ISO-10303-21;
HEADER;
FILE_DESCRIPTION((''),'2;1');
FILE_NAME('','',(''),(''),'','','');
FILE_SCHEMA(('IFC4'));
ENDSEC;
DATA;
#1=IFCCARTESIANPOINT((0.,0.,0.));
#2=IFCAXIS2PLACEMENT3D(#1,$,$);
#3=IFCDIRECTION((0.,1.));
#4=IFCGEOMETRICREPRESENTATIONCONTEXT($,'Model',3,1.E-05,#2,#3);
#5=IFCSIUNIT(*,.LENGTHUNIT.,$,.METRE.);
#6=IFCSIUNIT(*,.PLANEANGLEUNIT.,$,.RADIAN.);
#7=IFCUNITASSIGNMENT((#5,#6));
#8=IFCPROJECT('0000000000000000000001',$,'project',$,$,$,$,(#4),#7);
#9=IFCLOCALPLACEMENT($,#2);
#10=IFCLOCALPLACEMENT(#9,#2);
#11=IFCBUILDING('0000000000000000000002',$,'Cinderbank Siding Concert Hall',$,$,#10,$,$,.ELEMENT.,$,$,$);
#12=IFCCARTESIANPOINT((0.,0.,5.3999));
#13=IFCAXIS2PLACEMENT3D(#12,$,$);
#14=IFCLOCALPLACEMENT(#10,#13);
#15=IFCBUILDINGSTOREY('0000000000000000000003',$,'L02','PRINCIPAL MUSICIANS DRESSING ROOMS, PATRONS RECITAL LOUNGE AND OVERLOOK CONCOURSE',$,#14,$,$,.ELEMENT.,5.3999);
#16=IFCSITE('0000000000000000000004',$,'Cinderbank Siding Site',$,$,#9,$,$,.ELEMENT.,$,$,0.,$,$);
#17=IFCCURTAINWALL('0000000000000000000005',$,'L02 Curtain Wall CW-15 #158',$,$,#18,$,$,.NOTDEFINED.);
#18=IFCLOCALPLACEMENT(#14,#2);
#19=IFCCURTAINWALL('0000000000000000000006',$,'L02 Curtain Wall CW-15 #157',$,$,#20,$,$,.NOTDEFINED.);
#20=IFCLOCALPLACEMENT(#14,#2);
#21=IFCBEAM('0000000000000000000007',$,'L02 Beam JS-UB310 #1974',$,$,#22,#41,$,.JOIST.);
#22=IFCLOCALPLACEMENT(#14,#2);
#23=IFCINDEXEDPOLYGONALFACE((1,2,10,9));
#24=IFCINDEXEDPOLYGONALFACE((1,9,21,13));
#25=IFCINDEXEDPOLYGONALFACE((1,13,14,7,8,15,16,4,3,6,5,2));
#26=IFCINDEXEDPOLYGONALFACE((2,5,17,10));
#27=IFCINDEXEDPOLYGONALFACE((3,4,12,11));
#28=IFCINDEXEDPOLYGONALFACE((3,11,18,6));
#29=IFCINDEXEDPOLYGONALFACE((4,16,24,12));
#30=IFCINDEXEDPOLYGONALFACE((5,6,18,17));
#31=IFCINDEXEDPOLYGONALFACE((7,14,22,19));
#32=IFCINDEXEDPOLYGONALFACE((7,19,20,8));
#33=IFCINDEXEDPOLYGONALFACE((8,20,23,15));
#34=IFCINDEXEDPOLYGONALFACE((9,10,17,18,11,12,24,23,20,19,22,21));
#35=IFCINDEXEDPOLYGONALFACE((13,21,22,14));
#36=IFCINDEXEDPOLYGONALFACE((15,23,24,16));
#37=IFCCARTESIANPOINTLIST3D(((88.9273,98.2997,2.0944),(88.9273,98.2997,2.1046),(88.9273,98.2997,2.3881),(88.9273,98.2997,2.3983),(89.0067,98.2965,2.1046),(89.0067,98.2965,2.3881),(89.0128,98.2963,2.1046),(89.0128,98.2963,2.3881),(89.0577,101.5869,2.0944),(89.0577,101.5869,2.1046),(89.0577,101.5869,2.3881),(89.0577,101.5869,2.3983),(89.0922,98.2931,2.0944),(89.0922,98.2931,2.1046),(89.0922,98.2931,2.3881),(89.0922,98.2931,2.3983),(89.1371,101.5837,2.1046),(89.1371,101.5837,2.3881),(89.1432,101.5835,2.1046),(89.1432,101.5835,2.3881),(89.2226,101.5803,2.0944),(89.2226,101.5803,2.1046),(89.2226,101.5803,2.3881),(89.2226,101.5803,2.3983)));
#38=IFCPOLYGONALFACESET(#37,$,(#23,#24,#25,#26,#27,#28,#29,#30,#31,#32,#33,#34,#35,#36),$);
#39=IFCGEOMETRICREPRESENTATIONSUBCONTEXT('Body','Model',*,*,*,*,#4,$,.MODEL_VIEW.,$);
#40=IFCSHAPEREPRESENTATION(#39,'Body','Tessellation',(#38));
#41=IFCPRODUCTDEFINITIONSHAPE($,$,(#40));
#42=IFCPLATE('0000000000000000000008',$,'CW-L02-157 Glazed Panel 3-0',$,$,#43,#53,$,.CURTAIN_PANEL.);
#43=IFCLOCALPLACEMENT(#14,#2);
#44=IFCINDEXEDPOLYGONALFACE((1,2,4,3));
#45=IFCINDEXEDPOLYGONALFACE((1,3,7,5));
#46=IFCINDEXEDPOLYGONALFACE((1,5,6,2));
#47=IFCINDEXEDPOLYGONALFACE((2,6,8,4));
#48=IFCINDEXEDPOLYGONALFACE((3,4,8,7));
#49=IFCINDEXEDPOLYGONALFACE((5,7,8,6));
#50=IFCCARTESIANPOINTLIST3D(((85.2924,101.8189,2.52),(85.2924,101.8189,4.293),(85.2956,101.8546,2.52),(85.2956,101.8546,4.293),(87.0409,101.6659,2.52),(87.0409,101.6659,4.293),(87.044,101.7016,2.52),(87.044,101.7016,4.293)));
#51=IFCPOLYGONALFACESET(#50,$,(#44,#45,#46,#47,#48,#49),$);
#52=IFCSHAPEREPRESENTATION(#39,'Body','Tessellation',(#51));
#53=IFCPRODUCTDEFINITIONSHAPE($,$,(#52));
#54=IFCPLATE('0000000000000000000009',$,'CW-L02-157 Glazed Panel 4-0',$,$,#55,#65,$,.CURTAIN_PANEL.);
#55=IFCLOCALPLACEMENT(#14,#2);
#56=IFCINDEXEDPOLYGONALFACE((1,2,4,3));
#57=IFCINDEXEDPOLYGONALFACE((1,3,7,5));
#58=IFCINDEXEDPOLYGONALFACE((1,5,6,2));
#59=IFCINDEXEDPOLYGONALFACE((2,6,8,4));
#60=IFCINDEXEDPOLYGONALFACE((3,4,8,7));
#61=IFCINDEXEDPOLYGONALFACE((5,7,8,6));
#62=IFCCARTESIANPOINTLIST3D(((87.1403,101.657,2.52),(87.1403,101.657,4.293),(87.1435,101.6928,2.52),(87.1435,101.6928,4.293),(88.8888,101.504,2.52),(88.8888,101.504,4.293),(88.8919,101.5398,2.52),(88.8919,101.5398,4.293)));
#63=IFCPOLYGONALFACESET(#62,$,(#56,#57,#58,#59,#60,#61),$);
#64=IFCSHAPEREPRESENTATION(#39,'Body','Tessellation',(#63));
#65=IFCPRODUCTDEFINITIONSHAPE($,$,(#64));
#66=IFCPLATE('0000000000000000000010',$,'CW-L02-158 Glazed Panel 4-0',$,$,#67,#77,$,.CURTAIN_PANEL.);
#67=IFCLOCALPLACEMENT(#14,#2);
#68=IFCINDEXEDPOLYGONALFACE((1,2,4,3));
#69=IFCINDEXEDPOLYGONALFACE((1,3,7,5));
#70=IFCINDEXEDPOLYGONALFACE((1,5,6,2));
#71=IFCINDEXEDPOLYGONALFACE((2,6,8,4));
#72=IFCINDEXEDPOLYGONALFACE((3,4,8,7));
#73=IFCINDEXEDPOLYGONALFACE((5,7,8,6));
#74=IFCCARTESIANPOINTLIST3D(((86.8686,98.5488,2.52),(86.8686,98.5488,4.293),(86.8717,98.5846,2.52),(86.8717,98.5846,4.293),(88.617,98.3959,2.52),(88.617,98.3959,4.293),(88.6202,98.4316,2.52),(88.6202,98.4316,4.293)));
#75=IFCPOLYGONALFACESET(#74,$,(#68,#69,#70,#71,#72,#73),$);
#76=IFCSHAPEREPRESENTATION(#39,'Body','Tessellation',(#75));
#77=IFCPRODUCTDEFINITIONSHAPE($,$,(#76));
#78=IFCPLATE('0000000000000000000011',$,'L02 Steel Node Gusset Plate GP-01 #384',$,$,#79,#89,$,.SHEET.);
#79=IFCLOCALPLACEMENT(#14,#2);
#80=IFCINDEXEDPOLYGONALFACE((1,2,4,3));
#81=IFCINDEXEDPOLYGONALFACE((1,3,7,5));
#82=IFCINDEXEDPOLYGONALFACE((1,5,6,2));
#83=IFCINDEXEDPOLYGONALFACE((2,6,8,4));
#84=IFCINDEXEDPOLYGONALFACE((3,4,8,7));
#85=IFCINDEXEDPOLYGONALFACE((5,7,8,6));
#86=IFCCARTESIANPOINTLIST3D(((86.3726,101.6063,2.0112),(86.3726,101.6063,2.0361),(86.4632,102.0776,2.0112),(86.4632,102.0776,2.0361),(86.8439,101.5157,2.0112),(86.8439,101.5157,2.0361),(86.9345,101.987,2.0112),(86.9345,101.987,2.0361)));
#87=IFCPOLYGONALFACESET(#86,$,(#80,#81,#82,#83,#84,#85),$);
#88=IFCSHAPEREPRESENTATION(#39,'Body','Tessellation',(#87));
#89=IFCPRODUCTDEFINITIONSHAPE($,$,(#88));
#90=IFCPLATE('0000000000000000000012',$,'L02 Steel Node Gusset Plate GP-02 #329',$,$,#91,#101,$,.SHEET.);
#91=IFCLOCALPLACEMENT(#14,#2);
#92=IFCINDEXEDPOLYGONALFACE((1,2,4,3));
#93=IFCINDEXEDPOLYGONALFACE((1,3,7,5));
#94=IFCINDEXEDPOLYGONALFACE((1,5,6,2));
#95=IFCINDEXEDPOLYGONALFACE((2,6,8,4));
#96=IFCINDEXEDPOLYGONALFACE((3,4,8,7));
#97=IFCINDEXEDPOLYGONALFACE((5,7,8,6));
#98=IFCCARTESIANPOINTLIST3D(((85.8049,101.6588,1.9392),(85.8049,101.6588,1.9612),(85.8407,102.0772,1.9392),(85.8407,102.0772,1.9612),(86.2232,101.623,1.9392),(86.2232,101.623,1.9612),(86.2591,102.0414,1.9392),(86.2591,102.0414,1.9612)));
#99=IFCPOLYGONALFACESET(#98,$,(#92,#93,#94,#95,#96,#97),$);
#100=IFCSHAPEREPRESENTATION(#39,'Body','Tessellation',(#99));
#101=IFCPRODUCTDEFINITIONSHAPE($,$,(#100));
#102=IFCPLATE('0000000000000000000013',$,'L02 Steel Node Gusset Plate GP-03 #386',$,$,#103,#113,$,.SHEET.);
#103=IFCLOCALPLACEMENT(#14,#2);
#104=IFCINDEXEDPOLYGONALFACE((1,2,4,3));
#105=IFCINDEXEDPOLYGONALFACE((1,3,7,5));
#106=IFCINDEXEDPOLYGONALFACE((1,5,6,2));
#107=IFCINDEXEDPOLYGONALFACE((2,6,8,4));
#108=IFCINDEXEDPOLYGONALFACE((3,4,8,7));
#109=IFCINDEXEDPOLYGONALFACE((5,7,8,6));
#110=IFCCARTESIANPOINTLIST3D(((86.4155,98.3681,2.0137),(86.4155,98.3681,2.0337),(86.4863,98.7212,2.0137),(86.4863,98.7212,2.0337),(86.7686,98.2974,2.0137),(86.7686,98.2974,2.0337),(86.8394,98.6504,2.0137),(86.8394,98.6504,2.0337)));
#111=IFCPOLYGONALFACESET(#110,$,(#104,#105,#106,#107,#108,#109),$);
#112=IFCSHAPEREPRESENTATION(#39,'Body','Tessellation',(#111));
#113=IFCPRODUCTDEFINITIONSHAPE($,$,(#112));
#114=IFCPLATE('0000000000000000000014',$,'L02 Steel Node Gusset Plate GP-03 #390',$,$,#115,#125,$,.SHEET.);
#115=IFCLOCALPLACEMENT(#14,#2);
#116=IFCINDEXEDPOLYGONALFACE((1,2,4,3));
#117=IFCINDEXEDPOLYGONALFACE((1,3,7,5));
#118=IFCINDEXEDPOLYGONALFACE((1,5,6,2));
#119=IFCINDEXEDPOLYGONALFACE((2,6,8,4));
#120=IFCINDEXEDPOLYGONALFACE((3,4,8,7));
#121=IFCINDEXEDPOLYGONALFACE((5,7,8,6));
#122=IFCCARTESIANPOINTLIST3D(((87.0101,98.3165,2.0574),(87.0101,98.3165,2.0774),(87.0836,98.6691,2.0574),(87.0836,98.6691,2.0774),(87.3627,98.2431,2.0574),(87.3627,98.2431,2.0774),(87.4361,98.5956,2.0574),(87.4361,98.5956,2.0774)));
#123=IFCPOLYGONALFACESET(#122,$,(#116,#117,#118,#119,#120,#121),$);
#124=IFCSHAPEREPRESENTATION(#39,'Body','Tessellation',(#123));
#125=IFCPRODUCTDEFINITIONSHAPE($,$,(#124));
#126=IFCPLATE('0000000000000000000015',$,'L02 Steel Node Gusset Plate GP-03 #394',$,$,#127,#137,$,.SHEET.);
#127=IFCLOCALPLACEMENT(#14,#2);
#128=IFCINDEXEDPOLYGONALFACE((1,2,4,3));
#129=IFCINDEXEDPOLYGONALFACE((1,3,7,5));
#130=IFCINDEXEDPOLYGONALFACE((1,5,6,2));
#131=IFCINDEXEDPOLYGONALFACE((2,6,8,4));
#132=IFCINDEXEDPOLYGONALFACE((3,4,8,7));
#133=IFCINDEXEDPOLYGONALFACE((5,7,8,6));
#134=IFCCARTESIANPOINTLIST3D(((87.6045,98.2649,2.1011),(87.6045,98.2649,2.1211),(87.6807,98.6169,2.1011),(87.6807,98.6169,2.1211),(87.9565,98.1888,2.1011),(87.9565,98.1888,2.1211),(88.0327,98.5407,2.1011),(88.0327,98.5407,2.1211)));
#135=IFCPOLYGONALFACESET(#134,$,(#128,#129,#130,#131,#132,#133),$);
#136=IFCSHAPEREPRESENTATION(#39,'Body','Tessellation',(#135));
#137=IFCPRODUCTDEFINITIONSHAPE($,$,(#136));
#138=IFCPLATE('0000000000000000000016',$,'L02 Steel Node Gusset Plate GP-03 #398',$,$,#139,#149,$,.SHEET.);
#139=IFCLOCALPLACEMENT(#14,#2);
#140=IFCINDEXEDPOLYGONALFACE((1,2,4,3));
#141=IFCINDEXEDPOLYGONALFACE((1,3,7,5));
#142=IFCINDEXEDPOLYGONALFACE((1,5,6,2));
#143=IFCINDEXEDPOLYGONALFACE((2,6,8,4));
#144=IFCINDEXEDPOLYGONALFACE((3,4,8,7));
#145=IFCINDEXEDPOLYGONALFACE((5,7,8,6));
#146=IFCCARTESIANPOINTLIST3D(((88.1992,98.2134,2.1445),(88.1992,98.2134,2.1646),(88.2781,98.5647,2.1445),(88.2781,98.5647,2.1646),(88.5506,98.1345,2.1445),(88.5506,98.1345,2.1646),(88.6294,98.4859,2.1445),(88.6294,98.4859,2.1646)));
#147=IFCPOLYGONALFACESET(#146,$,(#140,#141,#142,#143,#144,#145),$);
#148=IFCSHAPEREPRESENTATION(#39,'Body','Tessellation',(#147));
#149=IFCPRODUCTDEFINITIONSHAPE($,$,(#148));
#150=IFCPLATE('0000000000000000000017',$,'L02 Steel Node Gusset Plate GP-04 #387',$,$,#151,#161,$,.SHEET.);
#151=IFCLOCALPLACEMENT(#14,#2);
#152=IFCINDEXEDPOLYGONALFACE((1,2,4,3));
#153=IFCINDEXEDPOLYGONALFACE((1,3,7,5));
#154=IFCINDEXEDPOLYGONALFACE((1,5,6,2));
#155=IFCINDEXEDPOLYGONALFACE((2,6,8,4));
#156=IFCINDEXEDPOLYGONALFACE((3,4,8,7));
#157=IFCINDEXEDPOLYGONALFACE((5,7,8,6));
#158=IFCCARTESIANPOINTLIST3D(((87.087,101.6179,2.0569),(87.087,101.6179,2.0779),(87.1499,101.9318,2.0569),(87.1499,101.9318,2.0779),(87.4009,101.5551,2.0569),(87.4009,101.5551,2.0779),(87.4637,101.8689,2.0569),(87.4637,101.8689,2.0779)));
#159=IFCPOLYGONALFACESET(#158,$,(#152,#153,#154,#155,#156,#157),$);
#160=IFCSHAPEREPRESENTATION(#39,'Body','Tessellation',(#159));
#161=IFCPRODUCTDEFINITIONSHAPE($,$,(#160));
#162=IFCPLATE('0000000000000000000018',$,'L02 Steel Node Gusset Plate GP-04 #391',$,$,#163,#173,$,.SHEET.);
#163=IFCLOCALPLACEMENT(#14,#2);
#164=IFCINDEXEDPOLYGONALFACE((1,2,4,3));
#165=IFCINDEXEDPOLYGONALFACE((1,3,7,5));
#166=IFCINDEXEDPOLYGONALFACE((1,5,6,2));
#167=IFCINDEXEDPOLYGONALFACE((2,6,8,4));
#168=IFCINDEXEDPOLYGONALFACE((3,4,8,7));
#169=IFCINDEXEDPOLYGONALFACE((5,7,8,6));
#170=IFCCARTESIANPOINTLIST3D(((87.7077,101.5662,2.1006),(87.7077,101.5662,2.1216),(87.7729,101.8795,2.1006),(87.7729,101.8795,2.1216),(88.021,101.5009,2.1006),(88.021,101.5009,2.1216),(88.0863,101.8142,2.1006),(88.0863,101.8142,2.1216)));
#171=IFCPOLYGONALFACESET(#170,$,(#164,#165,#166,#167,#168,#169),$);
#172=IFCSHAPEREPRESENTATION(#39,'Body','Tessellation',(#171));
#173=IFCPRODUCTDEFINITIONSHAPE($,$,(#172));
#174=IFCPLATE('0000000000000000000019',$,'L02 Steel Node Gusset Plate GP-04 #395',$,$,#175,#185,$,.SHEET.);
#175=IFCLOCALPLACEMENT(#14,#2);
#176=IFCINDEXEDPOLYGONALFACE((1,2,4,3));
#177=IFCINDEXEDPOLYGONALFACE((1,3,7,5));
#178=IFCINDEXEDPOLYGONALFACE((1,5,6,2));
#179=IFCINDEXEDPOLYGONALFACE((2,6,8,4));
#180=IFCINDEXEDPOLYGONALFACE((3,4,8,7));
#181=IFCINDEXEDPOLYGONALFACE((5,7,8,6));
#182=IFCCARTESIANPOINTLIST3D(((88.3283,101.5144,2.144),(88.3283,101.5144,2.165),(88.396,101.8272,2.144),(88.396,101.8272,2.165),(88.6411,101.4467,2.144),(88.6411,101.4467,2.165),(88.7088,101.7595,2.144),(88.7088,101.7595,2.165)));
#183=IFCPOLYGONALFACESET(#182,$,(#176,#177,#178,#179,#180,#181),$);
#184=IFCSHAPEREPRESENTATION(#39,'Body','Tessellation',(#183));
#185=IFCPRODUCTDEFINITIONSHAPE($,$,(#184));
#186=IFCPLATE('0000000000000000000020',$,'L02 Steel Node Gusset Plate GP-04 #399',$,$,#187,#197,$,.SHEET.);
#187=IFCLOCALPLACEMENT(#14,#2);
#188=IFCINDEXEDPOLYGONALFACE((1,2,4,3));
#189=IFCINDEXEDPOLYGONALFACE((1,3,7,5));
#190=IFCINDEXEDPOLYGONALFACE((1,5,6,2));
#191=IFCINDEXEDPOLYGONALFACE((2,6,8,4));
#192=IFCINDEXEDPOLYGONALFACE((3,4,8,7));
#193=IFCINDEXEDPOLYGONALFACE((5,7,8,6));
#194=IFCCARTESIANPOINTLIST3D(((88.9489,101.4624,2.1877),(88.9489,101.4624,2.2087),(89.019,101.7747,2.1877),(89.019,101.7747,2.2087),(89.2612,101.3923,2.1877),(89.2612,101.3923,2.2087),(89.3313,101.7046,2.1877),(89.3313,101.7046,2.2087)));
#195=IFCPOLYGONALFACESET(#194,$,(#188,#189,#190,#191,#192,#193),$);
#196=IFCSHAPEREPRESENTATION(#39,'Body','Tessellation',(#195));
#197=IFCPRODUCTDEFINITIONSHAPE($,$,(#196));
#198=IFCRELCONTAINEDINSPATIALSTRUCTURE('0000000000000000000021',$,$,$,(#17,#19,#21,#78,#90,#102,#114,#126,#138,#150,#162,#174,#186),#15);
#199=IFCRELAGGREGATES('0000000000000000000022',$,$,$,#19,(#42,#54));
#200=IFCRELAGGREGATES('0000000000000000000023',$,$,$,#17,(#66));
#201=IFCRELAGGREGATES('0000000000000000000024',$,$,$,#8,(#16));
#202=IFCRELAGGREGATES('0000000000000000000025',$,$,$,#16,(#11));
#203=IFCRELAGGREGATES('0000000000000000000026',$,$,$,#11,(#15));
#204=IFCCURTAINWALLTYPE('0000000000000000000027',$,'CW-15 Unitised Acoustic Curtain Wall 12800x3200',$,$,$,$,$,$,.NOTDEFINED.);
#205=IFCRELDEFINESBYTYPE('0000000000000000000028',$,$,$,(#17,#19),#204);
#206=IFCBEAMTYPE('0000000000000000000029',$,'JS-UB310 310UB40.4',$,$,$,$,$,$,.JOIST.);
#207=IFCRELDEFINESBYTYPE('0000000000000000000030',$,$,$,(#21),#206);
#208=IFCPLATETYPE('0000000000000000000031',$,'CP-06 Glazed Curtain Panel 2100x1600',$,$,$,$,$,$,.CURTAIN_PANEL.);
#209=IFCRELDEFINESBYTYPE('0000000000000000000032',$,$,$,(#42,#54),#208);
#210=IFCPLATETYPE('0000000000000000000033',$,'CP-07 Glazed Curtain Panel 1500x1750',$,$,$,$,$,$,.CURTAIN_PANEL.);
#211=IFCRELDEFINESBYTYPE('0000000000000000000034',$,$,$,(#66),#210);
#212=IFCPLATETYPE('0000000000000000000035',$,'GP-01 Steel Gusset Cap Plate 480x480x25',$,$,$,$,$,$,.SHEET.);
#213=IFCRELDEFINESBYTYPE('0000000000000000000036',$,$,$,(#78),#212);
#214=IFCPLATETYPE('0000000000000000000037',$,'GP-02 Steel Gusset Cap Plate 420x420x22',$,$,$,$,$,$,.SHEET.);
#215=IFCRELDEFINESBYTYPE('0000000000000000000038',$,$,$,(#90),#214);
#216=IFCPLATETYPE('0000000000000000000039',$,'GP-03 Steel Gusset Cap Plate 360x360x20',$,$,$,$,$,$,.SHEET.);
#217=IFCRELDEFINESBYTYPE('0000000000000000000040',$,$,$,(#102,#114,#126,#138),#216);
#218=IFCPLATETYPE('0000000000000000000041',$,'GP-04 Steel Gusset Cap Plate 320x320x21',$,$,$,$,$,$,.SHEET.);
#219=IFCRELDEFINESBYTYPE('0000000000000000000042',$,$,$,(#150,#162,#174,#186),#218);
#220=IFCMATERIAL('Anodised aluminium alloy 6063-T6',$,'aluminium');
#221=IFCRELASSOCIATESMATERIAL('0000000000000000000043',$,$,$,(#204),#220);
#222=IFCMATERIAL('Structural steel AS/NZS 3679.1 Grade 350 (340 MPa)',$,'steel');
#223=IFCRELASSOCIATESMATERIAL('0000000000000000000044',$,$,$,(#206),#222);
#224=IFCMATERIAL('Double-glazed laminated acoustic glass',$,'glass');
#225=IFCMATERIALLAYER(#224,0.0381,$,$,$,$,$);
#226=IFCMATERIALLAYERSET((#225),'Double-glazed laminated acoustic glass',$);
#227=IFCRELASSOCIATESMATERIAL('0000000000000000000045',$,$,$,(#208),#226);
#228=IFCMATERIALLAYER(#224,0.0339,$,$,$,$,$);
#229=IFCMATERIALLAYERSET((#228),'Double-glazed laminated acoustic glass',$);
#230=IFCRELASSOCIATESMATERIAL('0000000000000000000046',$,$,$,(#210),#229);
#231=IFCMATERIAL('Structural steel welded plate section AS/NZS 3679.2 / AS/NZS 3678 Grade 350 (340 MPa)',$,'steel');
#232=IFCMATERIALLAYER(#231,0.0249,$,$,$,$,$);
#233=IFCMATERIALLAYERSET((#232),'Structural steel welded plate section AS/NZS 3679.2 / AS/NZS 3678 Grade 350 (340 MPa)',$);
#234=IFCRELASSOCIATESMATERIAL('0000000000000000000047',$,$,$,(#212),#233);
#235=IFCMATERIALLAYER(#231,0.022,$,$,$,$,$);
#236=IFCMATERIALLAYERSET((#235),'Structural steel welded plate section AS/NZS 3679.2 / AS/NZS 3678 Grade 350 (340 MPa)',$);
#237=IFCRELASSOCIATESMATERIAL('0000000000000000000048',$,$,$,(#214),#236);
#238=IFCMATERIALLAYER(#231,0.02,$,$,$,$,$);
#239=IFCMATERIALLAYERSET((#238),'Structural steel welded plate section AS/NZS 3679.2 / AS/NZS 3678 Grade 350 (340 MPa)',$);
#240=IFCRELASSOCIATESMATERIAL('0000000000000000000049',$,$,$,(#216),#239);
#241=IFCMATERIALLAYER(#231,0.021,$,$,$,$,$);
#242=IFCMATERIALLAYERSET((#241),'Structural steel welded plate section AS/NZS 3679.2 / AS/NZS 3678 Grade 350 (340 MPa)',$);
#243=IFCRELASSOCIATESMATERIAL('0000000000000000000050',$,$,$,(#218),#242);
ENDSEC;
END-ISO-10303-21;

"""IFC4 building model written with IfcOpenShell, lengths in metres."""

from ifc_helpers import new_model, si_unit, direction, frame, origin, origin_2d, place, context, subcontext, project, spatial, rectangle, i_section, extrude, material, layer, layer_set, material_profile, profile_set, type_object, element, aggregate, save


model = new_model("IFC4")

# Units and contexts
model_context = context("Model", 3, precision=1e-05, world=origin(), true_north=direction((0.0, 1.0)))
body_context = subcontext(model_context, "Body", "Model", "MODEL_VIEW")
ifc_project = project(units=[si_unit("LENGTHUNIT", "METRE"), si_unit("PLANEANGLEUNIT", "RADIAN")], contexts=[model_context])

# Site, building, storey
site_placement = place(None, origin())
site = spatial("IfcSite", under=ifc_project, at=site_placement, Name="Cinderbank Siding Site", CompositionType="ELEMENT", RefElevation=0.0)
building_placement = place(site_placement, origin())
building = spatial("IfcBuilding", under=site, at=building_placement, Name="Cinderbank Siding Concert Hall", CompositionType="ELEMENT")
storey_placement = place(building_placement, frame((0.0, 0.0, 5.3999)))
storey = spatial("IfcBuildingStorey", under=building, at=storey_placement, Name="L02", Description="PRINCIPAL MUSICIANS DRESSING ROOMS, PATRONS RECITAL LOUNGE AND OVERLOOK CONCOURSE", CompositionType="ELEMENT", Elevation=5.3999)

# Curtain walls
ifc_material_1 = material(Name="Anodised aluminium alloy 6063-T6", Category="aluminium")
curtain_wall_type = type_object("IfcCurtainWallType", Name="CW-15 Unitised Acoustic Curtain Wall 12800x3200", PredefinedType="NOTDEFINED", material=ifc_material_1)
curtain_wall_1_placement = place(storey_placement, origin())
curtain_wall_1 = element("IfcCurtainWall", 1, at=curtain_wall_1_placement, inside=storey, type_object=curtain_wall_type, Name="L02 Curtain Wall CW-15 #158", PredefinedType="NOTDEFINED")
curtain_wall_2_placement = place(storey_placement, origin())
curtain_wall_2 = element("IfcCurtainWall", 2, at=curtain_wall_2_placement, inside=storey, type_object=curtain_wall_type, Name="L02 Curtain Wall CW-15 #157", PredefinedType="NOTDEFINED")

# Beam
ifc_material_2 = material(Name="Structural steel AS/NZS 3679.1 Grade 350 (340 MPa)", Category="steel")
ifc_material_profile_1 = material_profile(ifc_material_2, i_section(OverallWidth=0.165, OverallDepth=0.304, WebThickness=0.0061, FlangeThickness=0.0103, at=origin_2d()), Name="310UB40.4", Category="LoadBearing")
ifc_profile_set_1 = profile_set([ifc_material_profile_1], Name="Structural steel AS/NZS 3679.1 Grade 350 (340 MPa)")
beam_type = type_object("IfcBeamType", Name="JS-UB310 310UB40.4", PredefinedType="JOIST", material=ifc_profile_set_1)
beam_1_placement = place(storey_placement, frame((89.0098, 98.2964, 2.2463), z_axis=(0.03963, 0.999214, 0.0), x_axis=(-0.999214, 0.03963, 0.0)))
element("IfcBeam", 3, at=beam_1_placement, inside=storey, type_object=beam_type, Name="L02 Beam JS-UB310 #1974", PredefinedType="JOIST", context=body_context, shape_type="SweptSolid", body=[
    extrude(i_section(OverallWidth=0.165, OverallDepth=0.304, WebThickness=0.0061, FlangeThickness=0.0103, at=origin_2d()), origin(), (0.0, 0.0, 1.0), 3.2898),
])

# Plates
ifc_material_3 = material(Name="Double-glazed laminated acoustic glass", Category="glass")
ifc_layer_1 = layer(ifc_material_3, 0.0381)
ifc_layer_set_1 = layer_set([ifc_layer_1], Name="Double-glazed laminated acoustic glass")
plate_type_1 = type_object("IfcPlateType", Name="CP-06 Glazed Curtain Panel 2100x1600", PredefinedType="CURTAIN_PANEL", material=ifc_layer_set_1)
plate_1_placement = place(storey_placement, frame((86.1682, 101.7603, 2.52), z_axis=(0.0, 0.0, 1.0), x_axis=(0.996195, -0.087157, 0.0)))
plate_1 = element("IfcPlate", 4, at=plate_1_placement, type_object=plate_type_1, Name="CW-L02-157 Glazed Panel 3-0", PredefinedType="CURTAIN_PANEL", context=body_context, shape_type="SweptSolid", body=[
    extrude(rectangle(XDim=1.7551, YDim=0.0359, at=origin_2d()), origin(), (0.0, 0.0, 1.0), 1.7729),
])
plate_2_placement = place(storey_placement, frame((88.0161, 101.5984, 2.52), z_axis=(0.0, 0.0, 1.0), x_axis=(0.996195, -0.087157, 0.0)))
plate_2 = element("IfcPlate", 5, at=plate_2_placement, type_object=plate_type_1, Name="CW-L02-157 Glazed Panel 4-0", PredefinedType="CURTAIN_PANEL", context=body_context, shape_type="SweptSolid", body=[
    extrude(rectangle(XDim=1.7551, YDim=0.0359, at=origin_2d()), origin(), (0.0, 0.0, 1.0), 1.7729),
])
aggregate(curtain_wall_2, [plate_1, plate_2])
ifc_layer_2 = layer(ifc_material_3, 0.0339)
ifc_layer_set_2 = layer_set([ifc_layer_2], Name="Double-glazed laminated acoustic glass")
plate_type_2 = type_object("IfcPlateType", Name="CP-07 Glazed Curtain Panel 1500x1750", PredefinedType="CURTAIN_PANEL", material=ifc_layer_set_2)
plate_3_placement = place(storey_placement, frame((87.7444, 98.4902, 2.52), z_axis=(0.0, 0.0, 1.0), x_axis=(0.996195, -0.087157, 0.0)))
plate_3 = element("IfcPlate", 6, at=plate_3_placement, type_object=plate_type_2, Name="CW-L02-158 Glazed Panel 4-0", PredefinedType="CURTAIN_PANEL", context=body_context, shape_type="SweptSolid", body=[
    extrude(rectangle(XDim=1.7551, YDim=0.0359, at=origin_2d()), origin(), (0.0, 0.0, 1.0), 1.7729),
])
aggregate(curtain_wall_1, [plate_3])

# Plates
ifc_material_4 = material(Name="Structural steel welded plate section AS/NZS 3679.2 / AS/NZS 3678 Grade 350 (340 MPa)", Category="steel")
ifc_layer_3 = layer(ifc_material_4, 0.0249)
ifc_layer_set_3 = layer_set([ifc_layer_3], Name="Structural steel welded plate section AS/NZS 3679.2 / AS/NZS 3678 Grade 350 (340 MPa)")
plate_type_3 = type_object("IfcPlateType", Name="GP-01 Steel Gusset Cap Plate 480x480x25", PredefinedType="SHEET", material=ifc_layer_set_3)
plate_4_placement = place(storey_placement, frame((86.6536, 101.7966, 2.0112), z_axis=(0.0, 0.0, 1.0), x_axis=(0.188753, 0.982025, 0.0)))
element("IfcPlate", 7, at=plate_4_placement, inside=storey, type_object=plate_type_3, Name="L02 Steel Node Gusset Plate GP-01 #384", PredefinedType="SHEET", context=body_context, shape_type="SweptSolid", body=[
    extrude(rectangle(XDim=0.48, YDim=0.48, at=origin_2d()), origin(), (0.0, 0.0, 1.0), 0.0249),
])
ifc_layer_4 = layer(ifc_material_4, 0.022)
ifc_layer_set_4 = layer_set([ifc_layer_4], Name="Structural steel welded plate section AS/NZS 3679.2 / AS/NZS 3678 Grade 350 (340 MPa)")
plate_type_4 = type_object("IfcPlateType", Name="GP-02 Steel Gusset Cap Plate 420x420x22", PredefinedType="SHEET", material=ifc_layer_set_4)
plate_5_placement = place(storey_placement, frame((86.032, 101.8501, 1.9392), z_axis=(0.0, 0.0, 1.0), x_axis=(0.996345, -0.085417, 0.0)))
element("IfcPlate", 8, at=plate_5_placement, inside=storey, type_object=plate_type_4, Name="L02 Steel Node Gusset Plate GP-02 #329", PredefinedType="SHEET", context=body_context, shape_type="SweptSolid", body=[
    extrude(rectangle(XDim=0.4199, YDim=0.4199, at=origin_2d()), origin(), (0.0, 0.0, 1.0), 0.022),
])
ifc_layer_5 = layer(ifc_material_4, 0.02)
ifc_layer_set_5 = layer_set([ifc_layer_5], Name="Structural steel welded plate section AS/NZS 3679.2 / AS/NZS 3678 Grade 350 (340 MPa)")
plate_type_5 = type_object("IfcPlateType", Name="GP-03 Steel Gusset Cap Plate 360x360x20", PredefinedType="SHEET", material=ifc_layer_set_5)
for number, where, z_axis, x_axis, name in (
    (9, (86.6274, 98.5093, 2.0137), (0.0, 0.0, 1.0), (0.19646, 0.980512, 0.0), "L02 Steel Node Gusset Plate GP-03 #386"),
    (10, (87.2231, 98.4561, 2.0574), (0.0, 0.0, 1.0), (0.203983, 0.978974, 0.0), "L02 Steel Node Gusset Plate GP-03 #390"),
    (11, (87.8186, 98.4028, 2.1011), (0.0, 0.0, 1.0), (0.211495, 0.977379, 0.0), "L02 Steel Node Gusset Plate GP-03 #394"),
    (12, (88.4143, 98.3496, 2.1445), (0.0, 0.0, 1.0), (0.218995, 0.975726, 0.0), "L02 Steel Node Gusset Plate GP-03 #398"),
):
    element("IfcPlate", number, at=place(storey_placement, frame(where, z_axis=z_axis, x_axis=x_axis)), inside=storey, type_object=plate_type_5, Name=name, PredefinedType="SHEET", context=body_context, shape_type="SweptSolid", body=[
        extrude(rectangle(XDim=0.3601, YDim=0.3601, at=origin_2d()), origin(), (0.0, 0.0, 1.0), 0.02),
    ])
ifc_layer_6 = layer(ifc_material_4, 0.021)
ifc_layer_set_6 = layer_set([ifc_layer_6], Name="Structural steel welded plate section AS/NZS 3679.2 / AS/NZS 3678 Grade 350 (340 MPa)")
plate_type_6 = type_object("IfcPlateType", Name="GP-04 Steel Gusset Cap Plate 320x320x21", PredefinedType="SHEET", material=ifc_layer_set_6)
for number, where, z_axis, x_axis, name in (
    (13, (87.2754, 101.7434, 2.0569), (0.0, 0.0, 1.0), (0.19646, 0.980512, 0.0), "L02 Steel Node Gusset Plate GP-04 #387"),
    (14, (87.897, 101.6902, 2.1006), (0.0, 0.0, 1.0), (0.203983, 0.978974, 0.0), "L02 Steel Node Gusset Plate GP-04 #391"),
    (15, (88.5186, 101.637, 2.144), (0.0, 0.0, 1.0), (0.211495, 0.977379, 0.0), "L02 Steel Node Gusset Plate GP-04 #395"),
    (16, (89.1401, 101.5835, 2.1877), (0.0, 0.0, 1.0), (0.218995, 0.975726, 0.0), "L02 Steel Node Gusset Plate GP-04 #399"),
):
    element("IfcPlate", number, at=place(storey_placement, frame(where, z_axis=z_axis, x_axis=x_axis)), inside=storey, type_object=plate_type_6, Name=name, PredefinedType="SHEET", context=body_context, shape_type="SweptSolid", body=[
        extrude(rectangle(XDim=0.3201, YDim=0.3201, at=origin_2d()), origin(), (0.0, 0.0, 1.0), 0.021),
    ])

save(model, "model.ifc")
